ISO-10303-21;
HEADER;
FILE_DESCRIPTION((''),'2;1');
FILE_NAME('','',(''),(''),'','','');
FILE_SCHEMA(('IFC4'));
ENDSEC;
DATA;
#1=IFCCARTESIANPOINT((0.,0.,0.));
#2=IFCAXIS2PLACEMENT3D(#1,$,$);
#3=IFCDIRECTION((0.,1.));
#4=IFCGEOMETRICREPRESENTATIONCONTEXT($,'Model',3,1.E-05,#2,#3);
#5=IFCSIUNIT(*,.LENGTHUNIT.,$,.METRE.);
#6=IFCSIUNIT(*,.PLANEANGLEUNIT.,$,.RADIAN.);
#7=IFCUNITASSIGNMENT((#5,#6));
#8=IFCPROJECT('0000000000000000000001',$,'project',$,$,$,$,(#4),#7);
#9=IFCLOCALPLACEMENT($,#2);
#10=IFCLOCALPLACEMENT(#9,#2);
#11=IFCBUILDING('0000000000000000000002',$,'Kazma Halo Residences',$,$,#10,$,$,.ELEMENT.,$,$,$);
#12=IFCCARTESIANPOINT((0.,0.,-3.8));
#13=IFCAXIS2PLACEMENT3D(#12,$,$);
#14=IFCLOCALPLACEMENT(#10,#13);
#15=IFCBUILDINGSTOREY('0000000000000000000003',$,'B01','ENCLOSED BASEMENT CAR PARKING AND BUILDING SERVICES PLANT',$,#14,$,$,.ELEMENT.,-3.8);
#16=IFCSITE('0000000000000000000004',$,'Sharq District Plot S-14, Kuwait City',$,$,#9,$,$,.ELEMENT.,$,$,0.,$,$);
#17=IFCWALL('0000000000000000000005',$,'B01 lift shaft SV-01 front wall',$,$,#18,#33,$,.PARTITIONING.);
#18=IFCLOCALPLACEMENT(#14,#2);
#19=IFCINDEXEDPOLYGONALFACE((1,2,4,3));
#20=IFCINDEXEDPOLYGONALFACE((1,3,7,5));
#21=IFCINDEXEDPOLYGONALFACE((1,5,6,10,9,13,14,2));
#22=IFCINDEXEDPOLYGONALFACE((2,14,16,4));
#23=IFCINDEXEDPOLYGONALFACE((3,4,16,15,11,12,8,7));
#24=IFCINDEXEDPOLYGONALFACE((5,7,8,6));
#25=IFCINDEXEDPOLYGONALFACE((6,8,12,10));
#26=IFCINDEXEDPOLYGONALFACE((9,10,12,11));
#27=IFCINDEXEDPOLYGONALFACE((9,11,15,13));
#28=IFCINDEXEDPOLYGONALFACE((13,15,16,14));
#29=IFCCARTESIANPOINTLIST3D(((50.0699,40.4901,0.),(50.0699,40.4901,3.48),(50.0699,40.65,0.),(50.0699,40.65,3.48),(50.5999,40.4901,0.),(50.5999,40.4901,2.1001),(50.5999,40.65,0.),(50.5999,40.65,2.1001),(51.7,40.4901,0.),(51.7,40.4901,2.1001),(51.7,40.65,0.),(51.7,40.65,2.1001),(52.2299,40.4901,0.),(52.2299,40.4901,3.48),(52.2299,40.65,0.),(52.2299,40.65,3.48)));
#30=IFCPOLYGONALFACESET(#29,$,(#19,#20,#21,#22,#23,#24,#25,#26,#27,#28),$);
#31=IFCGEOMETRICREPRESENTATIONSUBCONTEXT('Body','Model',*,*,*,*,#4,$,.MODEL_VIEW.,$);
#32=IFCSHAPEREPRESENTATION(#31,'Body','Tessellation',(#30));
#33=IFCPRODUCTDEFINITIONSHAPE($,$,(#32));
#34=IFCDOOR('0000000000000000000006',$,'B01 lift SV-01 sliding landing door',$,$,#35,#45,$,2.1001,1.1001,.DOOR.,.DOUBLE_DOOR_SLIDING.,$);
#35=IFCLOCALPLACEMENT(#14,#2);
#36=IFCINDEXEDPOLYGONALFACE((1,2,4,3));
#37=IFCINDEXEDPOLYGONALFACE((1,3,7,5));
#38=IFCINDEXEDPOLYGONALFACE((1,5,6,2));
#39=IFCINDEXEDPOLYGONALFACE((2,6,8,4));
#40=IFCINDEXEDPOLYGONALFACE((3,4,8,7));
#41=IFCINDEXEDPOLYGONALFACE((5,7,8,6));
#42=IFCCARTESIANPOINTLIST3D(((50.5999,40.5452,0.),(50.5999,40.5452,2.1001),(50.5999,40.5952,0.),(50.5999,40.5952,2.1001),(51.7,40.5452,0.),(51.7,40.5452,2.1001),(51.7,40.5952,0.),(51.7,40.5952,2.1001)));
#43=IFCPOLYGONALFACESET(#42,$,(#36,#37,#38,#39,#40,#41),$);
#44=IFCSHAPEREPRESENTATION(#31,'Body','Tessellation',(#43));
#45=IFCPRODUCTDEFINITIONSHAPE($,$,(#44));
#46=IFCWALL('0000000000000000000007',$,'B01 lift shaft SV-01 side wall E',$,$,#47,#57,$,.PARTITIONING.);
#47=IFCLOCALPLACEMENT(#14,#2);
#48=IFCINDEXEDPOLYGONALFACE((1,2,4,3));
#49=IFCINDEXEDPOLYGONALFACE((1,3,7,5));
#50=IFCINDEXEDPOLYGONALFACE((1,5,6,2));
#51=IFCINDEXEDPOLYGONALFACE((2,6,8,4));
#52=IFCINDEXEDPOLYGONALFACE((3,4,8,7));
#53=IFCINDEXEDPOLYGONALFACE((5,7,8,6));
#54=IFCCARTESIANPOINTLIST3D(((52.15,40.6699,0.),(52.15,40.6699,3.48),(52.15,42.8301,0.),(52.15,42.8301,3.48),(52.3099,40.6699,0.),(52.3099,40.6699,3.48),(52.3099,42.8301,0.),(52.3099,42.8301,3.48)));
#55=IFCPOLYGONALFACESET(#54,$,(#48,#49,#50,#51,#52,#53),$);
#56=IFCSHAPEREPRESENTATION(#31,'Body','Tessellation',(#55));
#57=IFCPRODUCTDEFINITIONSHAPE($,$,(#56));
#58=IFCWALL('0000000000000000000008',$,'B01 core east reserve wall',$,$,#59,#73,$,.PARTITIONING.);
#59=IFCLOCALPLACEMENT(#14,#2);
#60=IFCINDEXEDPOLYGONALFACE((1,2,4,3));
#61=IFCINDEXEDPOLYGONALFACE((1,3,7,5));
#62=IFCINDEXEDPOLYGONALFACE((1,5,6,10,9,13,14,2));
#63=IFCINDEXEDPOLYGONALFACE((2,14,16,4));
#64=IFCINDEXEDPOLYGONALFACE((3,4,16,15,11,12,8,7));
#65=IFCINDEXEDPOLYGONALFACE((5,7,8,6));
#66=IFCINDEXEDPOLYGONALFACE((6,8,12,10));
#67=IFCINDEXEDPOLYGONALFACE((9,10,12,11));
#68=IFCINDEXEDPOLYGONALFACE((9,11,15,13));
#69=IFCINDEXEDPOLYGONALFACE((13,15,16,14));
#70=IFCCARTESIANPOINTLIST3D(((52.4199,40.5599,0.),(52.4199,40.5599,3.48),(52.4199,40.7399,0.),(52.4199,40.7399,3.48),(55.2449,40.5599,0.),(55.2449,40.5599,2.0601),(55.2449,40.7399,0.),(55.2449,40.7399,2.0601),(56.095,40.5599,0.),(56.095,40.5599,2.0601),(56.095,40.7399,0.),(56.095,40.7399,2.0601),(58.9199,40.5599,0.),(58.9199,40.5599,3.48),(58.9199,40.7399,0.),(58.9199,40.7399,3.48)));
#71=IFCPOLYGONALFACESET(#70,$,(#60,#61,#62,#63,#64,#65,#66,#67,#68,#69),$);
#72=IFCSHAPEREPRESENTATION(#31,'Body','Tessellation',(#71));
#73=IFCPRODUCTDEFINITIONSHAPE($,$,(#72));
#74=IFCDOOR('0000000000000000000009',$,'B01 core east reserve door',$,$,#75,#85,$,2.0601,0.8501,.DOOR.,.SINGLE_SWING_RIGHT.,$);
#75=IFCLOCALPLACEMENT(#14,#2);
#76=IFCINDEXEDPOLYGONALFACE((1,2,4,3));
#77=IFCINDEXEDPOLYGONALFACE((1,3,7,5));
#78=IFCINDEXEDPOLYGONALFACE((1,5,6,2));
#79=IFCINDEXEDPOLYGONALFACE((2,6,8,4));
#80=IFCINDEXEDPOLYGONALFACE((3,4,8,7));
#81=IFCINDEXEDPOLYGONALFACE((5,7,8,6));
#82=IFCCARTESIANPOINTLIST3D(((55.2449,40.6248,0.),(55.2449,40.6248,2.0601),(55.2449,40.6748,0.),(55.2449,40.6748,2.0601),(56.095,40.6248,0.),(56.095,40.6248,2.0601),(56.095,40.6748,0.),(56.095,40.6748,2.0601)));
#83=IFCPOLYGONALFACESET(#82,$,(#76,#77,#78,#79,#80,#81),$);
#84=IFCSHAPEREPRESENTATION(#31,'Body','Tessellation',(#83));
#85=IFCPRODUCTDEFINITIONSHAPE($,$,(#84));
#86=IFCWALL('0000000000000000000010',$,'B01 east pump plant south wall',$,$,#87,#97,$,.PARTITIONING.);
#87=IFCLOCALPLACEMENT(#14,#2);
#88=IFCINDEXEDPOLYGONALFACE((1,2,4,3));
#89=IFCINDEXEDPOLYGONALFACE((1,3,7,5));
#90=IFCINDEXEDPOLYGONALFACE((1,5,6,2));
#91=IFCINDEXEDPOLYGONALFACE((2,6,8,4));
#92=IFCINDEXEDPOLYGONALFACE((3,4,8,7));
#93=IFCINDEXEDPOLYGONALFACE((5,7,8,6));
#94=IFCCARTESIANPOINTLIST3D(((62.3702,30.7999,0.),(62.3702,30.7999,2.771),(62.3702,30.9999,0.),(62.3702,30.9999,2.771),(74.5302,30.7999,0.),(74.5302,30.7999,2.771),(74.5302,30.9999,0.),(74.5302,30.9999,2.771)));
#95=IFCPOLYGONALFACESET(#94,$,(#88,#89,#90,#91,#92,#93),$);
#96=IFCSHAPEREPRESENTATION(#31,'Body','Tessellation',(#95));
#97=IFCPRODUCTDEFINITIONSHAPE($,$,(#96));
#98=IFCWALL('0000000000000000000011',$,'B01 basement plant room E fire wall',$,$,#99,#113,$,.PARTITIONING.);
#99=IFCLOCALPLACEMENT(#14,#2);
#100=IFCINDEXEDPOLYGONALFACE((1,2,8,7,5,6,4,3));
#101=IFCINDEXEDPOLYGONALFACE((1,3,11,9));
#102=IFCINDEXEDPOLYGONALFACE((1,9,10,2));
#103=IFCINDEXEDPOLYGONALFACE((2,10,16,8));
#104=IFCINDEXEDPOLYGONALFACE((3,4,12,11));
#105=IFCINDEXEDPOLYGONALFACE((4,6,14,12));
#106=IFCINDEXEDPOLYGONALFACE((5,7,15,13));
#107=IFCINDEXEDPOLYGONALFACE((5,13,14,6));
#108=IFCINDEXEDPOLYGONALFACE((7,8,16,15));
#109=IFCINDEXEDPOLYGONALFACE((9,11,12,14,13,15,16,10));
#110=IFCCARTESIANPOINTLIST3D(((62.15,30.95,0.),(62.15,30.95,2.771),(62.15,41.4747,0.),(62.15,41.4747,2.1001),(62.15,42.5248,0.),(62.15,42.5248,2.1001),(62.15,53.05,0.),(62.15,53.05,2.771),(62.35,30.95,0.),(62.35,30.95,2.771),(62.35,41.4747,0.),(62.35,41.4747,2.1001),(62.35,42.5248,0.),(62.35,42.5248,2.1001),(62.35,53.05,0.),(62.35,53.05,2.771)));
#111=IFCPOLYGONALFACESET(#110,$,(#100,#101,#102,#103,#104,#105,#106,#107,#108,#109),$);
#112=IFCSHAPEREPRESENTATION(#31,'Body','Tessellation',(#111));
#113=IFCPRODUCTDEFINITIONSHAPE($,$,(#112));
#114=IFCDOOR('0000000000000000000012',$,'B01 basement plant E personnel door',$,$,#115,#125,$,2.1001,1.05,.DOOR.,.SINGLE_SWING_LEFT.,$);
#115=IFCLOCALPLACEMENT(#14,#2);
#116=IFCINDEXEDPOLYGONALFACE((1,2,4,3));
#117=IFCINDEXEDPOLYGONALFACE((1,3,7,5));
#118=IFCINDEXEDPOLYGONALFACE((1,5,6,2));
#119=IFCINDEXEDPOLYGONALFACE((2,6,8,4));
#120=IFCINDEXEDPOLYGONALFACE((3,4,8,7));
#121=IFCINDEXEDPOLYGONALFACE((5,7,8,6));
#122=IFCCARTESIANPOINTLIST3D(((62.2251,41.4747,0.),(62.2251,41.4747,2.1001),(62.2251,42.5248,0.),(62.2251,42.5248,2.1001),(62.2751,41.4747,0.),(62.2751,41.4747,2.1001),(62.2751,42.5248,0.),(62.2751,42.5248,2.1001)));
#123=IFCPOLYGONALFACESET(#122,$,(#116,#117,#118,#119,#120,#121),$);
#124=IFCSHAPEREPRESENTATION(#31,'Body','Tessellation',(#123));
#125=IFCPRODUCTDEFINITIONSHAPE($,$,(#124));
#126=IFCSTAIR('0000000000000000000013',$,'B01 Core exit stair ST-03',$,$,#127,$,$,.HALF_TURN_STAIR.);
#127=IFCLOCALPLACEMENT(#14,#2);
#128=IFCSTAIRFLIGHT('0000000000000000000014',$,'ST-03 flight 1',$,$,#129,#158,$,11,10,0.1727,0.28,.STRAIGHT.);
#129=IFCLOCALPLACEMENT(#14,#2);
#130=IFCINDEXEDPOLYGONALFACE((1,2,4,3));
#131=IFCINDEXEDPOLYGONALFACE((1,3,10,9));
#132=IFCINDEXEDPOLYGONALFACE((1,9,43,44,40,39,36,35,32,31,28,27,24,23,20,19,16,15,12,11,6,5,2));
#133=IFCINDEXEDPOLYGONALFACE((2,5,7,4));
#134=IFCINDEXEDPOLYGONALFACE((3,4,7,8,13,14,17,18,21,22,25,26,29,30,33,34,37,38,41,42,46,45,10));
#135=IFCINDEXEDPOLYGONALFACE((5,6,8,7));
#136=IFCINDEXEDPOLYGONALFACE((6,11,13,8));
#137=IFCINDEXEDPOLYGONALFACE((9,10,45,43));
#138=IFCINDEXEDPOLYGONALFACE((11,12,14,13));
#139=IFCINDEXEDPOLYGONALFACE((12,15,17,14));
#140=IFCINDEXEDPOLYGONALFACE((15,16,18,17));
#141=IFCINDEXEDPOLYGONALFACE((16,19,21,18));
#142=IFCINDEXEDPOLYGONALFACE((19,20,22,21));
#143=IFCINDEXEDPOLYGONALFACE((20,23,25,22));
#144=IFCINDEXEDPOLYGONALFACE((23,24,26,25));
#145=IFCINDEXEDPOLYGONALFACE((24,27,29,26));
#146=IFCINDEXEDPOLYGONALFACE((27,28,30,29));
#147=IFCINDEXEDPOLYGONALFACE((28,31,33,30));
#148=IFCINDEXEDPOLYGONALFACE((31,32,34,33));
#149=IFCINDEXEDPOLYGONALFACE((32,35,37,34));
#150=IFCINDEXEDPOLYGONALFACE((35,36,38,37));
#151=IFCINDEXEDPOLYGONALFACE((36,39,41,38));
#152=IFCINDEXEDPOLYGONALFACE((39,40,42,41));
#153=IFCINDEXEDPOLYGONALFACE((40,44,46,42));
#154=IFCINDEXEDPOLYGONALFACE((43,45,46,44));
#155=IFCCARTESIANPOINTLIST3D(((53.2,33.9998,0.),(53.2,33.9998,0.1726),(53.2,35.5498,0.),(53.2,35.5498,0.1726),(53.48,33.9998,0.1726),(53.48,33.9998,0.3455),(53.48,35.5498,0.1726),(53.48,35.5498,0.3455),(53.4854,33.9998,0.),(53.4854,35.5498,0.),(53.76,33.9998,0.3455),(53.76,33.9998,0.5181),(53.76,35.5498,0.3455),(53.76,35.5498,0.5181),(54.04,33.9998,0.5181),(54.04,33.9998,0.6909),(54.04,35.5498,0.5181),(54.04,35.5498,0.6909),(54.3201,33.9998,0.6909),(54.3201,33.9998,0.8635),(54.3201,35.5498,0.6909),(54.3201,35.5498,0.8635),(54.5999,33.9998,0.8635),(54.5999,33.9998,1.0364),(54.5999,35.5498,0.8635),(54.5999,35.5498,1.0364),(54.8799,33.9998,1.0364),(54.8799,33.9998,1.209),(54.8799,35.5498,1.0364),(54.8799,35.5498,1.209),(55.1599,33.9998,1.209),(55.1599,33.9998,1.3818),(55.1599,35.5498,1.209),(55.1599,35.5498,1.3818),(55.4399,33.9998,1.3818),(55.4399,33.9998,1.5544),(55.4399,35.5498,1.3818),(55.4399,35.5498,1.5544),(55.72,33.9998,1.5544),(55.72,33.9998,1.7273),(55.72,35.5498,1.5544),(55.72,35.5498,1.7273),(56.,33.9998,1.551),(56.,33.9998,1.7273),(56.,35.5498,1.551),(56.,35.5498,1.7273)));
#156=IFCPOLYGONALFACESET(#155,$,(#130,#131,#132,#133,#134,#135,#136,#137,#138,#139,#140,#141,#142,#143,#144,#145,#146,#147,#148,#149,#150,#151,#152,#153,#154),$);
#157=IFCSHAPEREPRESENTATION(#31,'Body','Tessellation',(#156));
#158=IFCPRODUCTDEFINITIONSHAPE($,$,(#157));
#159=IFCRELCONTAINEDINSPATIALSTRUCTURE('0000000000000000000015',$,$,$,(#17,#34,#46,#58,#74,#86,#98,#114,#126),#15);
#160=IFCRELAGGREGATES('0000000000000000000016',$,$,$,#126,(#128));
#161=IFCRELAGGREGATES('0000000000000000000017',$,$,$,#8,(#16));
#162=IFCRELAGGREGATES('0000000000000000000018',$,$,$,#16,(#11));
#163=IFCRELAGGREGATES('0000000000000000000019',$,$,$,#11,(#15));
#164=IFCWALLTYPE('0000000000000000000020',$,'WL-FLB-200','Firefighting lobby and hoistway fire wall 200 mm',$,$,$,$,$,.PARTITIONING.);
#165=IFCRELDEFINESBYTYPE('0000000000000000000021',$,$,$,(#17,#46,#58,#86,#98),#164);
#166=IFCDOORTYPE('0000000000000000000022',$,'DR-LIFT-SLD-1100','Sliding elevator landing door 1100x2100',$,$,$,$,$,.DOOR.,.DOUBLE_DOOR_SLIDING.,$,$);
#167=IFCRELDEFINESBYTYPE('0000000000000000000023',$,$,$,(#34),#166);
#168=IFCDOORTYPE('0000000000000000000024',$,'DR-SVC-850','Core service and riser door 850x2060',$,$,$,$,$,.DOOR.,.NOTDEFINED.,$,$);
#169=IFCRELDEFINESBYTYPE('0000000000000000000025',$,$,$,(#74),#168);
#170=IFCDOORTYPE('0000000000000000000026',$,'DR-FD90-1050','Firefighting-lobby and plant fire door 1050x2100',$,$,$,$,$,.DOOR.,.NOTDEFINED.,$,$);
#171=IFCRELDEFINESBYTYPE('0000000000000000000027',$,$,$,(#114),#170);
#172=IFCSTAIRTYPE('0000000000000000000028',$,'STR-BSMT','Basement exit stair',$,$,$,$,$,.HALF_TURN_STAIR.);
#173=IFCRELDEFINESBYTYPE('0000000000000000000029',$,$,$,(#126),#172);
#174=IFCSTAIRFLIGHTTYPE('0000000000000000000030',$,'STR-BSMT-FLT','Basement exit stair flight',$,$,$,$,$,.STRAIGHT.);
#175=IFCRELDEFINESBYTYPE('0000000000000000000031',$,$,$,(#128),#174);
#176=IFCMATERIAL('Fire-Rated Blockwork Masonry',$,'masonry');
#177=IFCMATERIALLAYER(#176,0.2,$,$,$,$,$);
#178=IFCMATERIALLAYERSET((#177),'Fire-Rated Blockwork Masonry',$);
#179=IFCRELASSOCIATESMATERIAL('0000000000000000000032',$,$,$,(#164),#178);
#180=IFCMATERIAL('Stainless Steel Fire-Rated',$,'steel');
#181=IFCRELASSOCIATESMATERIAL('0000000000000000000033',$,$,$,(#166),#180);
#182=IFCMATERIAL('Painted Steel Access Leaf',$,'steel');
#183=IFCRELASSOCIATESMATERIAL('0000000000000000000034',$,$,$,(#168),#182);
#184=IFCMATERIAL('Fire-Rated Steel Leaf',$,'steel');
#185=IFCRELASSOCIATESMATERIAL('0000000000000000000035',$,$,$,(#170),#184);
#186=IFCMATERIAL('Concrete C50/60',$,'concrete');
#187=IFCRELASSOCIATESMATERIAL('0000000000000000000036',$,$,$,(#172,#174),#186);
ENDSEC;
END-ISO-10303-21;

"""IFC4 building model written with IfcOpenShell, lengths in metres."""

from ifc_helpers import new_model, si_unit, direction, frame, frame_2d, origin, place, context, subcontext, project, spatial, polyline, rectangle, outline, extrude, material, layer, layer_set, type_object, element, fill, aggregate, save


model = new_model("IFC4")

# Units and contexts
model_context = context("Model", 3, precision=1e-05, world=origin(), true_north=direction((0.0, 1.0)))
body_context = subcontext(model_context, "Body", "Model", "MODEL_VIEW")
ifc_project = project(units=[si_unit("LENGTHUNIT", "METRE"), si_unit("PLANEANGLEUNIT", "RADIAN")], contexts=[model_context])

# Site, building, storey
site_placement = place(None, origin())
site = spatial("IfcSite", under=ifc_project, at=site_placement, Name="Sharq District Plot S-14, Kuwait City", CompositionType="ELEMENT", RefElevation=0.0)
building_placement = place(site_placement, origin())
building = spatial("IfcBuilding", under=site, at=building_placement, Name="Kazma Halo Residences", CompositionType="ELEMENT")
storey_placement = place(building_placement, frame((0.0, 0.0, -3.8)))
storey = spatial("IfcBuildingStorey", under=building, at=storey_placement, Name="B01", Description="ENCLOSED BASEMENT CAR PARKING AND BUILDING SERVICES PLANT", CompositionType="ELEMENT", Elevation=-3.8)

# Wall, opening, door
ifc_material_1 = material(Name="Fire-Rated Blockwork Masonry", Category="masonry")
ifc_layer_1 = layer(ifc_material_1, 0.2)
ifc_layer_set_1 = layer_set([ifc_layer_1], Name="Fire-Rated Blockwork Masonry")
wall_type_1 = type_object("IfcWallType", Name="WL-FLB-200", Description="Firefighting lobby and hoistway fire wall 200 mm", PredefinedType="PARTITIONING", material=ifc_layer_set_1)
wall_1_placement = place(storey_placement, frame((52.23, 40.5701, 0.0), z_axis=(0.0, 0.0, 1.0), x_axis=(-1.0, 0.0, 0.0)))
wall_1 = element("IfcWall", 1, at=wall_1_placement, inside=storey, type_object=wall_type_1, Name="B01 lift shaft SV-01 front wall", PredefinedType="PARTITIONING", context=body_context, shape_type="SweptSolid", body=[
    extrude(rectangle(XDim=2.1599, YDim=0.1599, at=frame_2d((1.0801, 0.0))), origin(), (0.0, 0.0, 1.0), 3.48),
])
opening_1_placement = place(wall_1_placement, frame((0.53, 0.0, 0.0)))
opening_1 = element("IfcOpeningElement", 2, at=opening_1_placement, cuts=wall_1, PredefinedType="OPENING", context=body_context, shape_type="SweptSolid", body=[
    extrude(rectangle(XDim=1.1001, YDim=2.1001, at=frame_2d((0.55, 1.05))), frame((0.0, 0.0898, 0.0), z_axis=(0.0, -1.0, 0.0), x_axis=(1.0, 0.0, 0.0)), (0.0, 0.0, 1.0), 0.1799),
])
ifc_material_2 = material(Name="Stainless Steel Fire-Rated", Category="steel")
door_type_1 = type_object("IfcDoorType", Name="DR-LIFT-SLD-1100", Description="Sliding elevator landing door 1100x2100", OperationType="DOUBLE_DOOR_SLIDING", PredefinedType="DOOR", material=ifc_material_2)
door_1_placement = place(opening_1_placement, origin())
door_1 = element("IfcDoor", 3, at=door_1_placement, inside=storey, type_object=door_type_1, Name="B01 lift SV-01 sliding landing door", OperationType="DOUBLE_DOOR_SLIDING", OverallHeight=2.1001, OverallWidth=1.1001, PredefinedType="DOOR", context=body_context, shape_type="SweptSolid", body=[
    extrude(rectangle(XDim=1.1001, YDim=2.1001, at=frame_2d((0.55, 1.05))), frame((0.0, 0.0249, 0.0), z_axis=(0.0, -1.0, 0.0), x_axis=(1.0, 0.0, 0.0)), (0.0, 0.0, 1.0), 0.05),
])
fill(opening_1, door_1)

# Wall
wall_2_placement = place(storey_placement, frame((52.23, 40.6699, 0.0), z_axis=(0.0, 0.0, 1.0), x_axis=(0.0, 1.0, 0.0)))
element("IfcWall", 4, at=wall_2_placement, inside=storey, type_object=wall_type_1, Name="B01 lift shaft SV-01 side wall E", PredefinedType="PARTITIONING", context=body_context, shape_type="SweptSolid", body=[
    extrude(rectangle(XDim=2.1602, YDim=0.1599, at=frame_2d((1.0801, 0.0))), origin(), (0.0, 0.0, 1.0), 3.48),
])

# Wall, opening, door
wall_3_placement = place(storey_placement, frame((52.4199, 40.6499, 0.0), z_axis=(0.0, 0.0, 1.0), x_axis=(1.0, 0.0, 0.0)))
wall_3 = element("IfcWall", 5, at=wall_3_placement, inside=storey, type_object=wall_type_1, Name="B01 core east reserve wall", PredefinedType="PARTITIONING", context=body_context, shape_type="SweptSolid", body=[
    extrude(rectangle(XDim=6.5, YDim=0.1799, at=frame_2d((3.25, 0.0))), origin(), (0.0, 0.0, 1.0), 3.48),
])
opening_2_placement = place(wall_3_placement, frame((2.825, 0.0, 0.0)))
opening_2 = element("IfcOpeningElement", 6, at=opening_2_placement, cuts=wall_3, PredefinedType="OPENING", context=body_context, shape_type="SweptSolid", body=[
    extrude(rectangle(XDim=0.8501, YDim=2.0601, at=frame_2d((0.425, 1.03))), frame((0.0, 0.0999, 0.0), z_axis=(0.0, -1.0, 0.0), x_axis=(1.0, 0.0, 0.0)), (0.0, 0.0, 1.0), 0.2),
])
ifc_material_3 = material(Name="Painted Steel Access Leaf", Category="steel")
door_type_2 = type_object("IfcDoorType", Name="DR-SVC-850", Description="Core service and riser door 850x2060", OperationType="NOTDEFINED", PredefinedType="DOOR", material=ifc_material_3)
door_2_placement = place(opening_2_placement, origin())
door_2 = element("IfcDoor", 7, at=door_2_placement, inside=storey, type_object=door_type_2, Name="B01 core east reserve door", OperationType="SINGLE_SWING_RIGHT", OverallHeight=2.0601, OverallWidth=0.8501, PredefinedType="DOOR", context=body_context, shape_type="SweptSolid", body=[
    extrude(rectangle(XDim=0.8501, YDim=2.0601, at=frame_2d((0.425, 1.03))), frame((0.0, 0.0249, 0.0), z_axis=(0.0, -1.0, 0.0), x_axis=(1.0, 0.0, 0.0)), (0.0, 0.0, 1.0), 0.05),
])
fill(opening_2, door_2)

# Wall
wall_4_placement = place(storey_placement, frame((62.3701, 30.8999, 0.0), z_axis=(0.0, 0.0, 1.0), x_axis=(1.0, 0.0, 0.0)))
element("IfcWall", 8, at=wall_4_placement, inside=storey, type_object=wall_type_1, Name="B01 east pump plant south wall", PredefinedType="PARTITIONING", context=body_context, shape_type="SweptSolid", body=[
    extrude(rectangle(XDim=12.1599, YDim=0.2, at=frame_2d((6.0801, 0.0))), origin(), (0.0, 0.0, 1.0), 2.771),
])

# Wall, opening, door
wall_5_placement = place(storey_placement, frame((62.25, 30.95, 0.0), z_axis=(0.0, 0.0, 1.0), x_axis=(0.0, 1.0, 0.0)))
wall_5 = element("IfcWall", 9, at=wall_5_placement, inside=storey, type_object=wall_type_1, Name="B01 basement plant room E fire wall", PredefinedType="PARTITIONING", context=body_context, shape_type="SweptSolid", body=[
    extrude(rectangle(XDim=22.1001, YDim=0.2, at=frame_2d((11.05, 0.0))), origin(), (0.0, 0.0, 1.0), 2.771),
])
opening_3_placement = place(wall_5_placement, frame((10.5249, 0.0, 0.0)))
opening_3 = element("IfcOpeningElement", 10, at=opening_3_placement, cuts=wall_5, PredefinedType="OPENING", context=body_context, shape_type="SweptSolid", body=[
    extrude(rectangle(XDim=1.05, YDim=2.1001, at=frame_2d((0.5249, 1.05))), frame((0.0, 0.1099, 0.0), z_axis=(0.0, -1.0, 0.0), x_axis=(1.0, 0.0, 0.0)), (0.0, 0.0, 1.0), 0.22),
])
ifc_material_4 = material(Name="Fire-Rated Steel Leaf", Category="steel")
door_type_3 = type_object("IfcDoorType", Name="DR-FD90-1050", Description="Firefighting-lobby and plant fire door 1050x2100", OperationType="NOTDEFINED", PredefinedType="DOOR", material=ifc_material_4)
door_3_placement = place(opening_3_placement, origin())
door_3 = element("IfcDoor", 11, at=door_3_placement, inside=storey, type_object=door_type_3, Name="B01 basement plant E personnel door", OperationType="SINGLE_SWING_LEFT", OverallHeight=2.1001, OverallWidth=1.05, PredefinedType="DOOR", context=body_context, shape_type="SweptSolid", body=[
    extrude(rectangle(XDim=1.05, YDim=2.1001, at=frame_2d((0.5249, 1.05))), frame((0.0, 0.0249, 0.0), z_axis=(0.0, -1.0, 0.0), x_axis=(1.0, 0.0, 0.0)), (0.0, 0.0, 1.0), 0.05),
])
fill(opening_3, door_3)
ifc_material_5 = material(Name="Concrete C50/60", Category="concrete")

# Stair, stair flight
stair_type = type_object("IfcStairType", Name="STR-BSMT", Description="Basement exit stair", PredefinedType="HALF_TURN_STAIR", material=ifc_material_5)
stair_placement = place(storey_placement, origin())
stair = element("IfcStair", 12, at=stair_placement, inside=storey, type_object=stair_type, Name="B01 Core exit stair ST-03", PredefinedType="HALF_TURN_STAIR")
stair_flight_type = type_object("IfcStairFlightType", Name="STR-BSMT-FLT", Description="Basement exit stair flight", PredefinedType="STRAIGHT", material=ifc_material_5)
stair_flight_1_placement = place(storey_placement, frame((53.2, 34.7749, 0.0), z_axis=(0.0, 0.0, 1.0), x_axis=(1.0, 0.0, 0.0)))
stair_flight_1 = element("IfcStairFlight", 13, at=stair_flight_1_placement, type_object=stair_flight_type, Name="ST-03 flight 1", NumberOfRisers=11, NumberOfTreads=10, PredefinedType="STRAIGHT", RiserHeight=0.1727, TreadLength=0.28, context=body_context, shape_type="SweptSolid", body=[
    extrude(outline(polyline([(0.0, 0.0), (0.0, 0.1726), (0.28, 0.1726), (0.28, 0.3455), (0.5601, 0.3455), (0.5601, 0.5181), (0.8401, 0.5181), (0.8401, 0.6909), (1.1201, 0.6909), (1.1201, 0.8635), (1.3999, 0.8635), (1.3999, 1.0364), (1.6799, 1.0364), (1.6799, 1.209), (1.96, 1.209), (1.96, 1.3818), (2.24, 1.3818), (2.24, 1.5544), (2.52, 1.5544), (2.52, 1.7273), (2.8, 1.7273), (2.8, 1.8999), (2.8, 1.551), (0.2854, 0.0), (0.0, 0.0)])), frame((0.0, 0.7749, 0.0), z_axis=(0.0, -1.0, 0.0), x_axis=(1.0, 0.0, 0.0)), (0.0, 0.0, 1.0), 1.55),
])
aggregate(stair, [stair_flight_1])

save(model, "model.ifc")
